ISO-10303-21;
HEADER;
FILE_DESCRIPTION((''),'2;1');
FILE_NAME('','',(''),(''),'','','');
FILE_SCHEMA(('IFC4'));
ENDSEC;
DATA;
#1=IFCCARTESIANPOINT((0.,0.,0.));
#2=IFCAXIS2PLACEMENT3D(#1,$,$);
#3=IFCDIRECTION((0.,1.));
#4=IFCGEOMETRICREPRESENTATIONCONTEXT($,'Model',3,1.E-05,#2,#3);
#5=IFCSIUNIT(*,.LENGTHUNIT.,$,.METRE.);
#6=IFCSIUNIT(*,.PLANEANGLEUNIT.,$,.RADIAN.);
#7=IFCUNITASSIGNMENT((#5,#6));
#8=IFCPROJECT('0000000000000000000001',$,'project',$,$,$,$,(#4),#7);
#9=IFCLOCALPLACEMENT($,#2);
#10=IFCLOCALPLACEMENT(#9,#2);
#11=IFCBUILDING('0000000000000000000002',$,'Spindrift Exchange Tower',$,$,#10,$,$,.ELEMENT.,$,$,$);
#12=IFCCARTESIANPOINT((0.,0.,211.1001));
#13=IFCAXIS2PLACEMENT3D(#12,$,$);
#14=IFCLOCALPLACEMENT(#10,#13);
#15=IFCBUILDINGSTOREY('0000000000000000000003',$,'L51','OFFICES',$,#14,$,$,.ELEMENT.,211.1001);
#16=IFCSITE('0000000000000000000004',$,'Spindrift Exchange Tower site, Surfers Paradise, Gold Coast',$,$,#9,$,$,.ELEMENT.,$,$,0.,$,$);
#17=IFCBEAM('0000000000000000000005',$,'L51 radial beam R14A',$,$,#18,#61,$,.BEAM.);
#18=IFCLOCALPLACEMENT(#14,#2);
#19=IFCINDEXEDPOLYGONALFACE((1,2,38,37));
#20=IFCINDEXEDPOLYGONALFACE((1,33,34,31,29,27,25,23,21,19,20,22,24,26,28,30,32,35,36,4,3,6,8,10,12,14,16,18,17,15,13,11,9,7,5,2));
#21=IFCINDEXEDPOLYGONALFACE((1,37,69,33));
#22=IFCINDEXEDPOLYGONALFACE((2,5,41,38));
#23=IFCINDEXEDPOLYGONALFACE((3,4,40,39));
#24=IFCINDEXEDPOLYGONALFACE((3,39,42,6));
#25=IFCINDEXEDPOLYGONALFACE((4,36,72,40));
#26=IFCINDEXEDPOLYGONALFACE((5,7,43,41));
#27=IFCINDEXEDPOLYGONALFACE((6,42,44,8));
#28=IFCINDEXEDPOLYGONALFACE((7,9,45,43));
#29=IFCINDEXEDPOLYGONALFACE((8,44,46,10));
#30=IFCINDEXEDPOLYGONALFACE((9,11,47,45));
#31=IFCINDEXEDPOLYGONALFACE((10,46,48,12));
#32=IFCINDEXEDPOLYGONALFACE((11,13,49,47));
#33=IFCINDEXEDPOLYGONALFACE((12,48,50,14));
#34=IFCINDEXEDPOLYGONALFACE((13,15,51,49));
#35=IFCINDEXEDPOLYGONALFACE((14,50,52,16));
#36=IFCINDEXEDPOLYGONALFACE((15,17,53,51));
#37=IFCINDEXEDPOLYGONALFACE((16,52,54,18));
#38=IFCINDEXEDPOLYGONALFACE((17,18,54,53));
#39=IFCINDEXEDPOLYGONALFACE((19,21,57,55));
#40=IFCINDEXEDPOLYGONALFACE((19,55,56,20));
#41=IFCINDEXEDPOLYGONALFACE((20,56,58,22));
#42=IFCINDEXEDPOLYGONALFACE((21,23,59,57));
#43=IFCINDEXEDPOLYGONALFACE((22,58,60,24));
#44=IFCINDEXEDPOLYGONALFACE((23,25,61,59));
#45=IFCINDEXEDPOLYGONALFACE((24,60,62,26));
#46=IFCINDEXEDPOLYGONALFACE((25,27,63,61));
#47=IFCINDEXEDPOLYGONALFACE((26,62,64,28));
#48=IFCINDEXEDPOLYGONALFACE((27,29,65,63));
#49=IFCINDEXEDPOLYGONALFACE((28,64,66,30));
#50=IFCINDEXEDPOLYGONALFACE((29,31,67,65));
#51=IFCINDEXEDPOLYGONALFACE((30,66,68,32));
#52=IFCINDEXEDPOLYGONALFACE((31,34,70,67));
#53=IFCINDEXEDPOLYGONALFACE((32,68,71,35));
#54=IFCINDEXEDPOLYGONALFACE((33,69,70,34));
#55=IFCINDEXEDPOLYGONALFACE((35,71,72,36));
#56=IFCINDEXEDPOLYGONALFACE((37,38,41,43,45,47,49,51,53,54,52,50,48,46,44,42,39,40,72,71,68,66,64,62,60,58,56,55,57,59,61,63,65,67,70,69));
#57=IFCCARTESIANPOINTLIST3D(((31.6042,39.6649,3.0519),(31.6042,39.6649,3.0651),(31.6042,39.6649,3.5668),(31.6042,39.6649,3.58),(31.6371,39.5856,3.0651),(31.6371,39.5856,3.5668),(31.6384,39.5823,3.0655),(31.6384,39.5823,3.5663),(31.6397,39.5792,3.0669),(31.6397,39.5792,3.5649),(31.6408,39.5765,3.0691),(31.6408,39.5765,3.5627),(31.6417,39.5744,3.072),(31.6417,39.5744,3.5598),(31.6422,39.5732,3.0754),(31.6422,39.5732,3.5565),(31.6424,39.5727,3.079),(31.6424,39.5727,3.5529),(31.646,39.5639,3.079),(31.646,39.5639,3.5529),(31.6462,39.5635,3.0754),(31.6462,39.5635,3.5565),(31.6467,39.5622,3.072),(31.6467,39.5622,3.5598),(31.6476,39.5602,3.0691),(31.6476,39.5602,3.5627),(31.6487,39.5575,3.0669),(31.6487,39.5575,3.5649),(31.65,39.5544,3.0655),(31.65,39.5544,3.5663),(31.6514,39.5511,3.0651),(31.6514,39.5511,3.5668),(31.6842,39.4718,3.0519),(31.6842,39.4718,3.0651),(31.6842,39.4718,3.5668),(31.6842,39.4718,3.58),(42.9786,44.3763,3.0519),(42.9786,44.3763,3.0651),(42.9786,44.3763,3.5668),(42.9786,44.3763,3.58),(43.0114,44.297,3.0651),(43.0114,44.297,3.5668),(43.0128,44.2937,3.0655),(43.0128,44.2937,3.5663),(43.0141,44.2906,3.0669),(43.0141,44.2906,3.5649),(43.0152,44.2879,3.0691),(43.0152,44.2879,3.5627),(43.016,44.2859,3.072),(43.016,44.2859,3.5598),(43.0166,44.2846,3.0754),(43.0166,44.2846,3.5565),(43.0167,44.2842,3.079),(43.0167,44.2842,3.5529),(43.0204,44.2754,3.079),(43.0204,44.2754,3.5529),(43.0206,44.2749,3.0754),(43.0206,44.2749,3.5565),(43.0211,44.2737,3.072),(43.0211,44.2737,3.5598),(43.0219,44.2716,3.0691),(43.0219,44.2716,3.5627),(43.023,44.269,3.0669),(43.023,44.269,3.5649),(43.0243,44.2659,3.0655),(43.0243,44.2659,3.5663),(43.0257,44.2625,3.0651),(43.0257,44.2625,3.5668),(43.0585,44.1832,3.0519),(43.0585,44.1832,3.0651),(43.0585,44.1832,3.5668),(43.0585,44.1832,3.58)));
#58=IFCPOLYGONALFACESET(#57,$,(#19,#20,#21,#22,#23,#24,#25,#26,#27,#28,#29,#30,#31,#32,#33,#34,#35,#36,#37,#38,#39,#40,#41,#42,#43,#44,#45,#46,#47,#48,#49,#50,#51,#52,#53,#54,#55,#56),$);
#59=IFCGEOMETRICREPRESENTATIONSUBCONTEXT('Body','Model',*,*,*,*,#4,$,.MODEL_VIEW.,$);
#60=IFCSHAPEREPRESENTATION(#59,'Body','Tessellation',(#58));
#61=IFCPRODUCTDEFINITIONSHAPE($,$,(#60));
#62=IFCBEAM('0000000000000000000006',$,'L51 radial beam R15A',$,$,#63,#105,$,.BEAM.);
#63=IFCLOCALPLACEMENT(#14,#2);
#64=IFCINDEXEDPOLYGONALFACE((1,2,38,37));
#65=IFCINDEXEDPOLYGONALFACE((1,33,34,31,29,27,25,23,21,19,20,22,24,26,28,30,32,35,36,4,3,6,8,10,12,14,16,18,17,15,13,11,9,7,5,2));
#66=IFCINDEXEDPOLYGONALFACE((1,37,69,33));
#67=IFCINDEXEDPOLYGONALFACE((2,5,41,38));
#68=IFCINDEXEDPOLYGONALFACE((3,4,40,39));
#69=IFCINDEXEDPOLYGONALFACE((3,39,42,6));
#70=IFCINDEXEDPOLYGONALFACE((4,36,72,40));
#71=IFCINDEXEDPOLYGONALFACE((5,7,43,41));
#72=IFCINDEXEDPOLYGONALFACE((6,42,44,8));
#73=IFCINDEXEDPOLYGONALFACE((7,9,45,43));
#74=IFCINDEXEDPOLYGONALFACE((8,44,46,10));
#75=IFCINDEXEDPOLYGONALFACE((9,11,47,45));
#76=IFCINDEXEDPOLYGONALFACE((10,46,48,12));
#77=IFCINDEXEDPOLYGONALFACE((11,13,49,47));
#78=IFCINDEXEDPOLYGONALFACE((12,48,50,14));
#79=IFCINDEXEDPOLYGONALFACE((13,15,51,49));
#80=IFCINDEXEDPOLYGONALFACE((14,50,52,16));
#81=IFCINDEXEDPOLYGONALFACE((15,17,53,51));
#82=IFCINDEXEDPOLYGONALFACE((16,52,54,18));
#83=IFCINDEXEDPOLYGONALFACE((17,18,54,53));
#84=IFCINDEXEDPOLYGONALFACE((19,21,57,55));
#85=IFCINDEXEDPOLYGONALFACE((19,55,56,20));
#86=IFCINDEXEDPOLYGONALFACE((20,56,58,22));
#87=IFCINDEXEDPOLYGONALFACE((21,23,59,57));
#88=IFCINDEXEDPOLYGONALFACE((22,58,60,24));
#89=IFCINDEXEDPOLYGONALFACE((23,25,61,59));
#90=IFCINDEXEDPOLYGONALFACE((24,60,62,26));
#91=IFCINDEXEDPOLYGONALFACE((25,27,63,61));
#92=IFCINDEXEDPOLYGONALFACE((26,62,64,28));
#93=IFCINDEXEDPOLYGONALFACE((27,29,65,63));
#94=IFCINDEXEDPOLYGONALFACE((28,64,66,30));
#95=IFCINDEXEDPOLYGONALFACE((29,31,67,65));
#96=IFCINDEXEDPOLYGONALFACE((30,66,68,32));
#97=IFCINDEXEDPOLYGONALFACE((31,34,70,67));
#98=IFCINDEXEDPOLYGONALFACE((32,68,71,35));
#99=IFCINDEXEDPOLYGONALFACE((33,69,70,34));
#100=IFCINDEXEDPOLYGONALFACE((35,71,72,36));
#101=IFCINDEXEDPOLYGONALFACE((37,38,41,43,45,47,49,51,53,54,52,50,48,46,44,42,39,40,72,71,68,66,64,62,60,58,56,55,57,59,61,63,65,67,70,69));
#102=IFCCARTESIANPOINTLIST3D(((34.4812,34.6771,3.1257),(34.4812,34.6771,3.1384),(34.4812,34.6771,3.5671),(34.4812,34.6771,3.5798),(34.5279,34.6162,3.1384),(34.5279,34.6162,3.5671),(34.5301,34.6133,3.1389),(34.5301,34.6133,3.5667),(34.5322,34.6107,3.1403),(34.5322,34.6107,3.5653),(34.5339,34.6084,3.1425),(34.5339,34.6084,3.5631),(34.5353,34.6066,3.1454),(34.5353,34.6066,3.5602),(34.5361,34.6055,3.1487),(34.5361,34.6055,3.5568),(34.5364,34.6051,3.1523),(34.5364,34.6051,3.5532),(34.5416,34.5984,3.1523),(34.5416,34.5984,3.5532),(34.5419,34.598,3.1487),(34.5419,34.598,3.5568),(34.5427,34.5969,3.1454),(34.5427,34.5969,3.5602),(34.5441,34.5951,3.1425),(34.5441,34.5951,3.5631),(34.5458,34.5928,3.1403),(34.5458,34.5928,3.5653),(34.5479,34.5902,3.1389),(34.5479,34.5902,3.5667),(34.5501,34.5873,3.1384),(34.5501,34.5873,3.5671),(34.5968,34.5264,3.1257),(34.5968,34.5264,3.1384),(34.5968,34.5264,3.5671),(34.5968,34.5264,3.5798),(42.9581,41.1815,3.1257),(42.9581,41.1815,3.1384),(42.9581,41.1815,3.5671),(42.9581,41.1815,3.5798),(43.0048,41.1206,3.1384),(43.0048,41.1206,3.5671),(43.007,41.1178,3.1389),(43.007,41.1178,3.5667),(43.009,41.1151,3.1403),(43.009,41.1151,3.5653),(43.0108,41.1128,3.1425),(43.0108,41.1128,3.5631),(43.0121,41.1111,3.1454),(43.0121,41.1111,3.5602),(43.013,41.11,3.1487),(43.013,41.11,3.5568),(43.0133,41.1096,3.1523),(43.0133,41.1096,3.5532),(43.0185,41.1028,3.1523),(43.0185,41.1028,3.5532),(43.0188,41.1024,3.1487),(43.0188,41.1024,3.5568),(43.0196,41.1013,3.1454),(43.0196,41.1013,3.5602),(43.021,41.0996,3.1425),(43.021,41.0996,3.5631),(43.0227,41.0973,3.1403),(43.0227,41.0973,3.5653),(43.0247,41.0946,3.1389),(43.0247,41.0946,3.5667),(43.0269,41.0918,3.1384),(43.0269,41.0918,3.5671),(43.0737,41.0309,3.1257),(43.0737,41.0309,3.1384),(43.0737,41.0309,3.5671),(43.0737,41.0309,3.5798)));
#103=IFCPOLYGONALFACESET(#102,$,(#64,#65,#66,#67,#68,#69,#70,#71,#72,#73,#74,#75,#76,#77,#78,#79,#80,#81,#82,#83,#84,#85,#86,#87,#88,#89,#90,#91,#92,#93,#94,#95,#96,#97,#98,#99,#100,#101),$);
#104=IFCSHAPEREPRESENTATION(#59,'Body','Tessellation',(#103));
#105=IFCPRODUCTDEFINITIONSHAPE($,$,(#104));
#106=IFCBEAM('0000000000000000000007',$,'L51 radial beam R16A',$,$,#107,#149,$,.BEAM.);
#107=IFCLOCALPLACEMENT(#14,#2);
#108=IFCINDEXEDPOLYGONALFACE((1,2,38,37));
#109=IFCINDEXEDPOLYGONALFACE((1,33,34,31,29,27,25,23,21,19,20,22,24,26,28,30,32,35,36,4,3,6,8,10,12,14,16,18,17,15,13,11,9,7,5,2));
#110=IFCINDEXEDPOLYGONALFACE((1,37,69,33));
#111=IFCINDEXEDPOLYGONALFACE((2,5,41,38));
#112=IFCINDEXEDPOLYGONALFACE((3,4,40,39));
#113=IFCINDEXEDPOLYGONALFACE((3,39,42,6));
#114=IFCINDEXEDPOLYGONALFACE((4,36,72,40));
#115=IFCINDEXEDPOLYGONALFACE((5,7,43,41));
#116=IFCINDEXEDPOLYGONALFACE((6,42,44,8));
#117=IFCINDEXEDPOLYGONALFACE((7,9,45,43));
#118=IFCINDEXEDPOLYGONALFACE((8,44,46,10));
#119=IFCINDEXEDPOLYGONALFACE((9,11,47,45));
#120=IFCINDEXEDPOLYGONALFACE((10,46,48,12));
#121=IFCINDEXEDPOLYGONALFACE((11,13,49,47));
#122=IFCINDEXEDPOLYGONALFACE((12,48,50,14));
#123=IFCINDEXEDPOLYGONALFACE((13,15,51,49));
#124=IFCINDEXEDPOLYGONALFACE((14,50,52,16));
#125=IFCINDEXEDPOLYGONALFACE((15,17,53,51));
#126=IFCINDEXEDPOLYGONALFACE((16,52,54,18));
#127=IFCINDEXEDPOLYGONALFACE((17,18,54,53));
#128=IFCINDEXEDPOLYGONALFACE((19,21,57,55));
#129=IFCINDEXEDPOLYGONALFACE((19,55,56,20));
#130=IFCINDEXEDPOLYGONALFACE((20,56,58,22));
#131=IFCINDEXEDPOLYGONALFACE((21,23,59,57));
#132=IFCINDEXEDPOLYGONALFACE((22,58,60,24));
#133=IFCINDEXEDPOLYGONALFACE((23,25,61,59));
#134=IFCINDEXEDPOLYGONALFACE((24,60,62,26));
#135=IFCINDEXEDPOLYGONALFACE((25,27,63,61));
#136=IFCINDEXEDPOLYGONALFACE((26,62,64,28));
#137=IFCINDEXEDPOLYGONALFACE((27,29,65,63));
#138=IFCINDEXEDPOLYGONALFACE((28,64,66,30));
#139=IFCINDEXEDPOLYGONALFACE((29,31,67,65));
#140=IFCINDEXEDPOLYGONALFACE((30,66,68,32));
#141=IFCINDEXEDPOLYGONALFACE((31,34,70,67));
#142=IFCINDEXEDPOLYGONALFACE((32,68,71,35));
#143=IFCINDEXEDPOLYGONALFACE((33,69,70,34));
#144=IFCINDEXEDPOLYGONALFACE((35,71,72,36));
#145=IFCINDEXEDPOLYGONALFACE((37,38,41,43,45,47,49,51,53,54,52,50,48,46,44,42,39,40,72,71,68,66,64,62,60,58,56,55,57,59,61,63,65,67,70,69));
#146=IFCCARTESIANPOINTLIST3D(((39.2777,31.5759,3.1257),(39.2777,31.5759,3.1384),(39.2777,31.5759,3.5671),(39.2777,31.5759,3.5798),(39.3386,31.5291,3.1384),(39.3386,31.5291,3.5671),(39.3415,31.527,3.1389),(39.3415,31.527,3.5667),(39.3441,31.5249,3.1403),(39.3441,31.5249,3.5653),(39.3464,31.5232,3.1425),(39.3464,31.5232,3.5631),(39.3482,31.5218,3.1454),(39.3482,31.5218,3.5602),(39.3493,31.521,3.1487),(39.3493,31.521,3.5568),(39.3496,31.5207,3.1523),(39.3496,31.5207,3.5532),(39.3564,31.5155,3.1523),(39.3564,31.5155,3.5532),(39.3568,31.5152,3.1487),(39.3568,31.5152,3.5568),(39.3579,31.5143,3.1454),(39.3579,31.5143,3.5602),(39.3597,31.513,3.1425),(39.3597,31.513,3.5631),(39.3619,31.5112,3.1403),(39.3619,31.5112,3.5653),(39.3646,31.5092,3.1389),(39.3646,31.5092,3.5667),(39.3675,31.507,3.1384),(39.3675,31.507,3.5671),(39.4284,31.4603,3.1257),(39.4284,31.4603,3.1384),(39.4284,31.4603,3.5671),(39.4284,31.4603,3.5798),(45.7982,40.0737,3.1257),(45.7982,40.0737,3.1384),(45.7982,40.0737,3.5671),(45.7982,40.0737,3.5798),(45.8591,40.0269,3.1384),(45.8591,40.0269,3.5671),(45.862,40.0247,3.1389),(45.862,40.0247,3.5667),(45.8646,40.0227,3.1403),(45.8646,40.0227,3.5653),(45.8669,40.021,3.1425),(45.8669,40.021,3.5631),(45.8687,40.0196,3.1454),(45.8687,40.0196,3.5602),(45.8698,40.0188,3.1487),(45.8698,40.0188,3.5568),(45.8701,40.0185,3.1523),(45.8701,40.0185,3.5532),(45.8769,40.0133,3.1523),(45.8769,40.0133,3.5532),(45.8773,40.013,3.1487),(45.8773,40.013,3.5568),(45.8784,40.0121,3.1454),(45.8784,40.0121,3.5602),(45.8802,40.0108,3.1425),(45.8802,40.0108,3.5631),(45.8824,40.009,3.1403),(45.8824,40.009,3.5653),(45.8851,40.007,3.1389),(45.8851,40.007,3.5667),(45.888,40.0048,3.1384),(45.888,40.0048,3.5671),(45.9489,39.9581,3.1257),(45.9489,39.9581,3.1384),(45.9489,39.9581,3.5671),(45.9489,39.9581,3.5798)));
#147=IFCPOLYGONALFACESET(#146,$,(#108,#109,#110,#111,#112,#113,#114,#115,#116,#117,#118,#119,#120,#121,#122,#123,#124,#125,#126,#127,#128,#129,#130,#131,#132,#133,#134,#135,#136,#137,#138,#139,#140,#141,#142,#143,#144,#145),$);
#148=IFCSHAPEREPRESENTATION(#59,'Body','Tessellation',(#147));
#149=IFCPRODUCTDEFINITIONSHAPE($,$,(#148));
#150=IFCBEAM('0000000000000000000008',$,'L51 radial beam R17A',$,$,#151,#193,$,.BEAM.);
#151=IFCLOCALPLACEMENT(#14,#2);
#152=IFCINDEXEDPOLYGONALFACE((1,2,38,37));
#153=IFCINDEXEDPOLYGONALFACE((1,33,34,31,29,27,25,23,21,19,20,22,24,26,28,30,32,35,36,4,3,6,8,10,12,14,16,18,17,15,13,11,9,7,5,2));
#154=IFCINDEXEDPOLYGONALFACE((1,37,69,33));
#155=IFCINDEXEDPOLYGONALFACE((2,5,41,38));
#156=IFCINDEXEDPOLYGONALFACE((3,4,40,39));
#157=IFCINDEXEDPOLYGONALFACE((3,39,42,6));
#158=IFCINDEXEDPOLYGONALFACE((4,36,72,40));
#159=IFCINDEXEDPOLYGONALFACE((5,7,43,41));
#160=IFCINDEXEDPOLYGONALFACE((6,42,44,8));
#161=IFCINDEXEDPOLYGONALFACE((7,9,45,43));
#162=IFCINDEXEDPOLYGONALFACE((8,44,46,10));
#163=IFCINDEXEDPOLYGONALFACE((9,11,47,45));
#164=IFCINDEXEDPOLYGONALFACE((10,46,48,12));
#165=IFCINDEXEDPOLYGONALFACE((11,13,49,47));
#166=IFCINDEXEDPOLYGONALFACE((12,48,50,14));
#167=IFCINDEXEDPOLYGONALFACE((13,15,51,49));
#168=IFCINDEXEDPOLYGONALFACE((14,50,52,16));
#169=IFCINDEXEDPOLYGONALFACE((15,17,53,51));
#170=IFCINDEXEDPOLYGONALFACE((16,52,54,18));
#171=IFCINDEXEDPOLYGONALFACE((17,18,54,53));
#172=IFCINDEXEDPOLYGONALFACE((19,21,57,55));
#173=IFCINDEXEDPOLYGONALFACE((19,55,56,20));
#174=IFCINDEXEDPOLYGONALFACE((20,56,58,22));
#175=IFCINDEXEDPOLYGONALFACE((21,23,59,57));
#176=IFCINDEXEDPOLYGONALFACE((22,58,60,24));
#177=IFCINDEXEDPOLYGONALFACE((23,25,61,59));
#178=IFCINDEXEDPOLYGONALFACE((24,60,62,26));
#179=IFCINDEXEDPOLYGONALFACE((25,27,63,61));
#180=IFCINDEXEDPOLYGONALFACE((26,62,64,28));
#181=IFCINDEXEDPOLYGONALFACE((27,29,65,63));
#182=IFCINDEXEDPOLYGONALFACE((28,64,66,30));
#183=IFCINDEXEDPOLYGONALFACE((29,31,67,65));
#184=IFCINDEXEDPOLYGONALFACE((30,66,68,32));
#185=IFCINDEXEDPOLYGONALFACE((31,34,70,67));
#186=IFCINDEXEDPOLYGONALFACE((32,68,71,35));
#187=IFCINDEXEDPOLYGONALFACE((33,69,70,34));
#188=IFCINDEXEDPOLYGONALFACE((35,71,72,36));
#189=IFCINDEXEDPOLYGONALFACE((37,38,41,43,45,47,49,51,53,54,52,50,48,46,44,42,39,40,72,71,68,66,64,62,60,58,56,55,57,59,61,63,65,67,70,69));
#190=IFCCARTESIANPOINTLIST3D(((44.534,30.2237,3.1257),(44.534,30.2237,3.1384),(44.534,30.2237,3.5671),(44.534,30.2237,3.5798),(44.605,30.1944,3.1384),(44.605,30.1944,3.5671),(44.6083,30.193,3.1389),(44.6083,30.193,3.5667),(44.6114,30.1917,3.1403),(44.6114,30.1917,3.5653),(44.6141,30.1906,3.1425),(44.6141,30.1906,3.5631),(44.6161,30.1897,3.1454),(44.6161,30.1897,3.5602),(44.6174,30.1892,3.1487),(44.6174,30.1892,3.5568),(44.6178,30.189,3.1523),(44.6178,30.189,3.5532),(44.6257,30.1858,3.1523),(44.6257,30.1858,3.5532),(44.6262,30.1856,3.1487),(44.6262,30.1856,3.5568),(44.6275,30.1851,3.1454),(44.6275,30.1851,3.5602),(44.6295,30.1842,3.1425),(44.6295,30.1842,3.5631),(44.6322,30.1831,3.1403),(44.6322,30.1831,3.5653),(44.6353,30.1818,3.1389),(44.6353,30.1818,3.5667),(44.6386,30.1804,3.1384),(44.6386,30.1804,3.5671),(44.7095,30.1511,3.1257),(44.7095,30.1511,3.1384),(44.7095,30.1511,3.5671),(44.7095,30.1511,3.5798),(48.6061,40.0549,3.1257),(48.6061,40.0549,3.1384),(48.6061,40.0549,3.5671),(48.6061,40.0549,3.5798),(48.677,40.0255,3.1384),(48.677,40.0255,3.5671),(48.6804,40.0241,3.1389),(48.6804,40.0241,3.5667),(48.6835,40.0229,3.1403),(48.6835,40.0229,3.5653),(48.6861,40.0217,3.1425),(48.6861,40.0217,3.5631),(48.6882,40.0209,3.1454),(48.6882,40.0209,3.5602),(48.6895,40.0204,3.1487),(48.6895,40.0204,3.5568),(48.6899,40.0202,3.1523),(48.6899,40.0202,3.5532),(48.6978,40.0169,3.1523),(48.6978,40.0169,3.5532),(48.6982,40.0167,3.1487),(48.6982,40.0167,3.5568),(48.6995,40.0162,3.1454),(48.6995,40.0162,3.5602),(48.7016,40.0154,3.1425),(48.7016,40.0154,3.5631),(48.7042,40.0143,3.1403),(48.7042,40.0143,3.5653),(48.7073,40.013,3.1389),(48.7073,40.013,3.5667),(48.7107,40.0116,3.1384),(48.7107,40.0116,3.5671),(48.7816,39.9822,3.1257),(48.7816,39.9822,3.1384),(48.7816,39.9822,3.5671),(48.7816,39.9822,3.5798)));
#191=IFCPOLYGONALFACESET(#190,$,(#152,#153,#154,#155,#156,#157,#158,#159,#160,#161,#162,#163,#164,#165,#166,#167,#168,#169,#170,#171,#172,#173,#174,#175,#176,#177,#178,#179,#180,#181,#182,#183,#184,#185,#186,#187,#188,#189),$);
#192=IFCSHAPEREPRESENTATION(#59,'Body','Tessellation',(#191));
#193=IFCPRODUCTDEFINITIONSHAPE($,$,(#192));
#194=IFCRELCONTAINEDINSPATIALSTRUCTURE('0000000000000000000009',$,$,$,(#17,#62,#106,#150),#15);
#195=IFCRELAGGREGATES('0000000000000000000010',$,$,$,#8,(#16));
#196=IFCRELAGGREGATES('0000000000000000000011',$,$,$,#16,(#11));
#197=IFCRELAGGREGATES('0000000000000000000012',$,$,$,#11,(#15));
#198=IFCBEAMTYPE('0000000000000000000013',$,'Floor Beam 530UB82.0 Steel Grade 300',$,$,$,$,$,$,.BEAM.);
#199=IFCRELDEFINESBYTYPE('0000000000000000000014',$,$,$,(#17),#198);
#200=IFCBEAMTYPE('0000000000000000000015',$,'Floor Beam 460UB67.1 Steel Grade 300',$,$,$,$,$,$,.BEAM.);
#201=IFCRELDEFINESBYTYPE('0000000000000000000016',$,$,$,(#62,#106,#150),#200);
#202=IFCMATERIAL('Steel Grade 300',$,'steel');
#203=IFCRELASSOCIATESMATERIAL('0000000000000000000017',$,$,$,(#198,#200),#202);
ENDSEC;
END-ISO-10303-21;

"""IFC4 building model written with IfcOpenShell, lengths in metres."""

from ifc_helpers import new_model, si_unit, direction, frame, origin, origin_2d, place, context, subcontext, project, spatial, i_section, extrude, source, transform, mapped, material, material_profile, profile_set, type_object, element, save


model = new_model("IFC4")

# Units and contexts
model_context = context("Model", 3, precision=1e-05, world=origin(), true_north=direction((0.0, 1.0)))
body_context = subcontext(model_context, "Body", "Model", "MODEL_VIEW")
ifc_project = project(units=[si_unit("LENGTHUNIT", "METRE"), si_unit("PLANEANGLEUNIT", "RADIAN")], contexts=[model_context])

# Site, building, storey
site_placement = place(None, origin())
site = spatial("IfcSite", under=ifc_project, at=site_placement, Name="Spindrift Exchange Tower site, Surfers Paradise, Gold Coast", CompositionType="ELEMENT", RefElevation=0.0)
building_placement = place(site_placement, origin())
building = spatial("IfcBuilding", under=site, at=building_placement, Name="Spindrift Exchange Tower", CompositionType="ELEMENT")
storey_placement = place(building_placement, frame((0.0, 0.0, 211.1001)))
storey = spatial("IfcBuildingStorey", under=building, at=storey_placement, Name="L51", Description="OFFICES", CompositionType="ELEMENT", Elevation=211.1001)

# Beams
ifc_material_1 = material(Name="Steel Grade 300", Category="steel")
ifc_material_profile_1 = material_profile(ifc_material_1, i_section(OverallWidth=0.209, OverallDepth=0.5281, WebThickness=0.0095, FlangeThickness=0.0132, FilletRadius=0.0139, at=origin_2d()), Name="530UB82.0")
ifc_profile_set_1 = profile_set([ifc_material_profile_1], Name="Steel Grade 300")
beam_type_1 = type_object("IfcBeamType", Name="Floor Beam 530UB82.0 Steel Grade 300", PredefinedType="BEAM", material=ifc_profile_set_1)
shared_shape_1 = source(origin(), body_context, "Body", "SweptSolid", [
    extrude(i_section(OverallWidth=0.209, OverallDepth=0.5281, WebThickness=0.0095, FlangeThickness=0.0132, FilletRadius=0.0139, at=origin_2d()), origin(), (0.0, 0.0, 1.0), 12.3115),
])
beam_1_placement = place(storey_placement, frame((43.0186, 44.2798, 3.3159), z_axis=(-0.923878, -0.382687, 0.0), x_axis=(0.382687, -0.923878, 0.0)))
element("IfcBeam", 1, at=beam_1_placement, inside=storey, type_object=beam_type_1, Name="L51 radial beam R14A", PredefinedType="BEAM", context=body_context, shape_type="MappedRepresentation", body=[
    mapped(shared_shape_1, transform((0.0, 0.0, 0.0), scale=1.0)),
])
ifc_material_profile_2 = material_profile(ifc_material_1, i_section(OverallWidth=0.1899, OverallDepth=0.4541, WebThickness=0.0085, FlangeThickness=0.0127, FilletRadius=0.0139, at=origin_2d()), Name="460UB67.1")
ifc_profile_set_2 = profile_set([ifc_material_profile_2], Name="Steel Grade 300")
beam_type_2 = type_object("IfcBeamType", Name="Floor Beam 460UB67.1 Steel Grade 300", PredefinedType="BEAM", material=ifc_profile_set_2)
shared_shape_2 = source(origin(), body_context, "Body", "SweptSolid", [
    extrude(i_section(OverallWidth=0.1899, OverallDepth=0.4541, WebThickness=0.0085, FlangeThickness=0.0127, FilletRadius=0.0139, at=origin_2d()), origin(), (0.0, 0.0, 1.0), 10.6848),
])
beam_2_placement = place(storey_placement, frame((43.0159, 41.1062, 3.3528), z_axis=(-0.793357, -0.608756, 0.0), x_axis=(0.608756, -0.793357, 0.0)))
element("IfcBeam", 2, at=beam_2_placement, inside=storey, type_object=beam_type_2, Name="L51 radial beam R15A", PredefinedType="BEAM", context=body_context, shape_type="MappedRepresentation", body=[
    mapped(shared_shape_2, transform((0.0, 0.0, 0.0), scale=1.0)),
])
shared_shape_3 = source(origin(), body_context, "Body", "SweptSolid", [
    extrude(i_section(OverallWidth=0.1899, OverallDepth=0.4541, WebThickness=0.0085, FlangeThickness=0.0127, FilletRadius=0.0139, at=origin_2d()), origin(), (0.0, 0.0, 1.0), 10.7112),
])
beam_3_placement = place(storey_placement, frame((45.8735, 40.0159, 3.3528), z_axis=(-0.608756, -0.793357, 0.0), x_axis=(0.793357, -0.608756, 0.0)))
element("IfcBeam", 3, at=beam_3_placement, inside=storey, type_object=beam_type_2, Name="L51 radial beam R16A", PredefinedType="BEAM", context=body_context, shape_type="MappedRepresentation", body=[
    mapped(shared_shape_3, transform((0.0, 0.0, 0.0), scale=1.0)),
])
shared_shape_4 = source(origin(), body_context, "Body", "SweptSolid", [
    extrude(i_section(OverallWidth=0.1899, OverallDepth=0.4541, WebThickness=0.0085, FlangeThickness=0.0127, FilletRadius=0.0139, at=origin_2d()), origin(), (0.0, 0.0, 1.0), 10.6411),
])
beam_4_placement = place(storey_placement, frame((48.6938, 40.0186, 3.3528), z_axis=(-0.382673, -0.923884, 0.0), x_axis=(0.923884, -0.382673, 0.0)))
element("IfcBeam", 4, at=beam_4_placement, inside=storey, type_object=beam_type_2, Name="L51 radial beam R17A", PredefinedType="BEAM", context=body_context, shape_type="MappedRepresentation", body=[
    mapped(shared_shape_4, transform((0.0, 0.0, 0.0), scale=1.0)),
])

save(model, "model.ifc")
